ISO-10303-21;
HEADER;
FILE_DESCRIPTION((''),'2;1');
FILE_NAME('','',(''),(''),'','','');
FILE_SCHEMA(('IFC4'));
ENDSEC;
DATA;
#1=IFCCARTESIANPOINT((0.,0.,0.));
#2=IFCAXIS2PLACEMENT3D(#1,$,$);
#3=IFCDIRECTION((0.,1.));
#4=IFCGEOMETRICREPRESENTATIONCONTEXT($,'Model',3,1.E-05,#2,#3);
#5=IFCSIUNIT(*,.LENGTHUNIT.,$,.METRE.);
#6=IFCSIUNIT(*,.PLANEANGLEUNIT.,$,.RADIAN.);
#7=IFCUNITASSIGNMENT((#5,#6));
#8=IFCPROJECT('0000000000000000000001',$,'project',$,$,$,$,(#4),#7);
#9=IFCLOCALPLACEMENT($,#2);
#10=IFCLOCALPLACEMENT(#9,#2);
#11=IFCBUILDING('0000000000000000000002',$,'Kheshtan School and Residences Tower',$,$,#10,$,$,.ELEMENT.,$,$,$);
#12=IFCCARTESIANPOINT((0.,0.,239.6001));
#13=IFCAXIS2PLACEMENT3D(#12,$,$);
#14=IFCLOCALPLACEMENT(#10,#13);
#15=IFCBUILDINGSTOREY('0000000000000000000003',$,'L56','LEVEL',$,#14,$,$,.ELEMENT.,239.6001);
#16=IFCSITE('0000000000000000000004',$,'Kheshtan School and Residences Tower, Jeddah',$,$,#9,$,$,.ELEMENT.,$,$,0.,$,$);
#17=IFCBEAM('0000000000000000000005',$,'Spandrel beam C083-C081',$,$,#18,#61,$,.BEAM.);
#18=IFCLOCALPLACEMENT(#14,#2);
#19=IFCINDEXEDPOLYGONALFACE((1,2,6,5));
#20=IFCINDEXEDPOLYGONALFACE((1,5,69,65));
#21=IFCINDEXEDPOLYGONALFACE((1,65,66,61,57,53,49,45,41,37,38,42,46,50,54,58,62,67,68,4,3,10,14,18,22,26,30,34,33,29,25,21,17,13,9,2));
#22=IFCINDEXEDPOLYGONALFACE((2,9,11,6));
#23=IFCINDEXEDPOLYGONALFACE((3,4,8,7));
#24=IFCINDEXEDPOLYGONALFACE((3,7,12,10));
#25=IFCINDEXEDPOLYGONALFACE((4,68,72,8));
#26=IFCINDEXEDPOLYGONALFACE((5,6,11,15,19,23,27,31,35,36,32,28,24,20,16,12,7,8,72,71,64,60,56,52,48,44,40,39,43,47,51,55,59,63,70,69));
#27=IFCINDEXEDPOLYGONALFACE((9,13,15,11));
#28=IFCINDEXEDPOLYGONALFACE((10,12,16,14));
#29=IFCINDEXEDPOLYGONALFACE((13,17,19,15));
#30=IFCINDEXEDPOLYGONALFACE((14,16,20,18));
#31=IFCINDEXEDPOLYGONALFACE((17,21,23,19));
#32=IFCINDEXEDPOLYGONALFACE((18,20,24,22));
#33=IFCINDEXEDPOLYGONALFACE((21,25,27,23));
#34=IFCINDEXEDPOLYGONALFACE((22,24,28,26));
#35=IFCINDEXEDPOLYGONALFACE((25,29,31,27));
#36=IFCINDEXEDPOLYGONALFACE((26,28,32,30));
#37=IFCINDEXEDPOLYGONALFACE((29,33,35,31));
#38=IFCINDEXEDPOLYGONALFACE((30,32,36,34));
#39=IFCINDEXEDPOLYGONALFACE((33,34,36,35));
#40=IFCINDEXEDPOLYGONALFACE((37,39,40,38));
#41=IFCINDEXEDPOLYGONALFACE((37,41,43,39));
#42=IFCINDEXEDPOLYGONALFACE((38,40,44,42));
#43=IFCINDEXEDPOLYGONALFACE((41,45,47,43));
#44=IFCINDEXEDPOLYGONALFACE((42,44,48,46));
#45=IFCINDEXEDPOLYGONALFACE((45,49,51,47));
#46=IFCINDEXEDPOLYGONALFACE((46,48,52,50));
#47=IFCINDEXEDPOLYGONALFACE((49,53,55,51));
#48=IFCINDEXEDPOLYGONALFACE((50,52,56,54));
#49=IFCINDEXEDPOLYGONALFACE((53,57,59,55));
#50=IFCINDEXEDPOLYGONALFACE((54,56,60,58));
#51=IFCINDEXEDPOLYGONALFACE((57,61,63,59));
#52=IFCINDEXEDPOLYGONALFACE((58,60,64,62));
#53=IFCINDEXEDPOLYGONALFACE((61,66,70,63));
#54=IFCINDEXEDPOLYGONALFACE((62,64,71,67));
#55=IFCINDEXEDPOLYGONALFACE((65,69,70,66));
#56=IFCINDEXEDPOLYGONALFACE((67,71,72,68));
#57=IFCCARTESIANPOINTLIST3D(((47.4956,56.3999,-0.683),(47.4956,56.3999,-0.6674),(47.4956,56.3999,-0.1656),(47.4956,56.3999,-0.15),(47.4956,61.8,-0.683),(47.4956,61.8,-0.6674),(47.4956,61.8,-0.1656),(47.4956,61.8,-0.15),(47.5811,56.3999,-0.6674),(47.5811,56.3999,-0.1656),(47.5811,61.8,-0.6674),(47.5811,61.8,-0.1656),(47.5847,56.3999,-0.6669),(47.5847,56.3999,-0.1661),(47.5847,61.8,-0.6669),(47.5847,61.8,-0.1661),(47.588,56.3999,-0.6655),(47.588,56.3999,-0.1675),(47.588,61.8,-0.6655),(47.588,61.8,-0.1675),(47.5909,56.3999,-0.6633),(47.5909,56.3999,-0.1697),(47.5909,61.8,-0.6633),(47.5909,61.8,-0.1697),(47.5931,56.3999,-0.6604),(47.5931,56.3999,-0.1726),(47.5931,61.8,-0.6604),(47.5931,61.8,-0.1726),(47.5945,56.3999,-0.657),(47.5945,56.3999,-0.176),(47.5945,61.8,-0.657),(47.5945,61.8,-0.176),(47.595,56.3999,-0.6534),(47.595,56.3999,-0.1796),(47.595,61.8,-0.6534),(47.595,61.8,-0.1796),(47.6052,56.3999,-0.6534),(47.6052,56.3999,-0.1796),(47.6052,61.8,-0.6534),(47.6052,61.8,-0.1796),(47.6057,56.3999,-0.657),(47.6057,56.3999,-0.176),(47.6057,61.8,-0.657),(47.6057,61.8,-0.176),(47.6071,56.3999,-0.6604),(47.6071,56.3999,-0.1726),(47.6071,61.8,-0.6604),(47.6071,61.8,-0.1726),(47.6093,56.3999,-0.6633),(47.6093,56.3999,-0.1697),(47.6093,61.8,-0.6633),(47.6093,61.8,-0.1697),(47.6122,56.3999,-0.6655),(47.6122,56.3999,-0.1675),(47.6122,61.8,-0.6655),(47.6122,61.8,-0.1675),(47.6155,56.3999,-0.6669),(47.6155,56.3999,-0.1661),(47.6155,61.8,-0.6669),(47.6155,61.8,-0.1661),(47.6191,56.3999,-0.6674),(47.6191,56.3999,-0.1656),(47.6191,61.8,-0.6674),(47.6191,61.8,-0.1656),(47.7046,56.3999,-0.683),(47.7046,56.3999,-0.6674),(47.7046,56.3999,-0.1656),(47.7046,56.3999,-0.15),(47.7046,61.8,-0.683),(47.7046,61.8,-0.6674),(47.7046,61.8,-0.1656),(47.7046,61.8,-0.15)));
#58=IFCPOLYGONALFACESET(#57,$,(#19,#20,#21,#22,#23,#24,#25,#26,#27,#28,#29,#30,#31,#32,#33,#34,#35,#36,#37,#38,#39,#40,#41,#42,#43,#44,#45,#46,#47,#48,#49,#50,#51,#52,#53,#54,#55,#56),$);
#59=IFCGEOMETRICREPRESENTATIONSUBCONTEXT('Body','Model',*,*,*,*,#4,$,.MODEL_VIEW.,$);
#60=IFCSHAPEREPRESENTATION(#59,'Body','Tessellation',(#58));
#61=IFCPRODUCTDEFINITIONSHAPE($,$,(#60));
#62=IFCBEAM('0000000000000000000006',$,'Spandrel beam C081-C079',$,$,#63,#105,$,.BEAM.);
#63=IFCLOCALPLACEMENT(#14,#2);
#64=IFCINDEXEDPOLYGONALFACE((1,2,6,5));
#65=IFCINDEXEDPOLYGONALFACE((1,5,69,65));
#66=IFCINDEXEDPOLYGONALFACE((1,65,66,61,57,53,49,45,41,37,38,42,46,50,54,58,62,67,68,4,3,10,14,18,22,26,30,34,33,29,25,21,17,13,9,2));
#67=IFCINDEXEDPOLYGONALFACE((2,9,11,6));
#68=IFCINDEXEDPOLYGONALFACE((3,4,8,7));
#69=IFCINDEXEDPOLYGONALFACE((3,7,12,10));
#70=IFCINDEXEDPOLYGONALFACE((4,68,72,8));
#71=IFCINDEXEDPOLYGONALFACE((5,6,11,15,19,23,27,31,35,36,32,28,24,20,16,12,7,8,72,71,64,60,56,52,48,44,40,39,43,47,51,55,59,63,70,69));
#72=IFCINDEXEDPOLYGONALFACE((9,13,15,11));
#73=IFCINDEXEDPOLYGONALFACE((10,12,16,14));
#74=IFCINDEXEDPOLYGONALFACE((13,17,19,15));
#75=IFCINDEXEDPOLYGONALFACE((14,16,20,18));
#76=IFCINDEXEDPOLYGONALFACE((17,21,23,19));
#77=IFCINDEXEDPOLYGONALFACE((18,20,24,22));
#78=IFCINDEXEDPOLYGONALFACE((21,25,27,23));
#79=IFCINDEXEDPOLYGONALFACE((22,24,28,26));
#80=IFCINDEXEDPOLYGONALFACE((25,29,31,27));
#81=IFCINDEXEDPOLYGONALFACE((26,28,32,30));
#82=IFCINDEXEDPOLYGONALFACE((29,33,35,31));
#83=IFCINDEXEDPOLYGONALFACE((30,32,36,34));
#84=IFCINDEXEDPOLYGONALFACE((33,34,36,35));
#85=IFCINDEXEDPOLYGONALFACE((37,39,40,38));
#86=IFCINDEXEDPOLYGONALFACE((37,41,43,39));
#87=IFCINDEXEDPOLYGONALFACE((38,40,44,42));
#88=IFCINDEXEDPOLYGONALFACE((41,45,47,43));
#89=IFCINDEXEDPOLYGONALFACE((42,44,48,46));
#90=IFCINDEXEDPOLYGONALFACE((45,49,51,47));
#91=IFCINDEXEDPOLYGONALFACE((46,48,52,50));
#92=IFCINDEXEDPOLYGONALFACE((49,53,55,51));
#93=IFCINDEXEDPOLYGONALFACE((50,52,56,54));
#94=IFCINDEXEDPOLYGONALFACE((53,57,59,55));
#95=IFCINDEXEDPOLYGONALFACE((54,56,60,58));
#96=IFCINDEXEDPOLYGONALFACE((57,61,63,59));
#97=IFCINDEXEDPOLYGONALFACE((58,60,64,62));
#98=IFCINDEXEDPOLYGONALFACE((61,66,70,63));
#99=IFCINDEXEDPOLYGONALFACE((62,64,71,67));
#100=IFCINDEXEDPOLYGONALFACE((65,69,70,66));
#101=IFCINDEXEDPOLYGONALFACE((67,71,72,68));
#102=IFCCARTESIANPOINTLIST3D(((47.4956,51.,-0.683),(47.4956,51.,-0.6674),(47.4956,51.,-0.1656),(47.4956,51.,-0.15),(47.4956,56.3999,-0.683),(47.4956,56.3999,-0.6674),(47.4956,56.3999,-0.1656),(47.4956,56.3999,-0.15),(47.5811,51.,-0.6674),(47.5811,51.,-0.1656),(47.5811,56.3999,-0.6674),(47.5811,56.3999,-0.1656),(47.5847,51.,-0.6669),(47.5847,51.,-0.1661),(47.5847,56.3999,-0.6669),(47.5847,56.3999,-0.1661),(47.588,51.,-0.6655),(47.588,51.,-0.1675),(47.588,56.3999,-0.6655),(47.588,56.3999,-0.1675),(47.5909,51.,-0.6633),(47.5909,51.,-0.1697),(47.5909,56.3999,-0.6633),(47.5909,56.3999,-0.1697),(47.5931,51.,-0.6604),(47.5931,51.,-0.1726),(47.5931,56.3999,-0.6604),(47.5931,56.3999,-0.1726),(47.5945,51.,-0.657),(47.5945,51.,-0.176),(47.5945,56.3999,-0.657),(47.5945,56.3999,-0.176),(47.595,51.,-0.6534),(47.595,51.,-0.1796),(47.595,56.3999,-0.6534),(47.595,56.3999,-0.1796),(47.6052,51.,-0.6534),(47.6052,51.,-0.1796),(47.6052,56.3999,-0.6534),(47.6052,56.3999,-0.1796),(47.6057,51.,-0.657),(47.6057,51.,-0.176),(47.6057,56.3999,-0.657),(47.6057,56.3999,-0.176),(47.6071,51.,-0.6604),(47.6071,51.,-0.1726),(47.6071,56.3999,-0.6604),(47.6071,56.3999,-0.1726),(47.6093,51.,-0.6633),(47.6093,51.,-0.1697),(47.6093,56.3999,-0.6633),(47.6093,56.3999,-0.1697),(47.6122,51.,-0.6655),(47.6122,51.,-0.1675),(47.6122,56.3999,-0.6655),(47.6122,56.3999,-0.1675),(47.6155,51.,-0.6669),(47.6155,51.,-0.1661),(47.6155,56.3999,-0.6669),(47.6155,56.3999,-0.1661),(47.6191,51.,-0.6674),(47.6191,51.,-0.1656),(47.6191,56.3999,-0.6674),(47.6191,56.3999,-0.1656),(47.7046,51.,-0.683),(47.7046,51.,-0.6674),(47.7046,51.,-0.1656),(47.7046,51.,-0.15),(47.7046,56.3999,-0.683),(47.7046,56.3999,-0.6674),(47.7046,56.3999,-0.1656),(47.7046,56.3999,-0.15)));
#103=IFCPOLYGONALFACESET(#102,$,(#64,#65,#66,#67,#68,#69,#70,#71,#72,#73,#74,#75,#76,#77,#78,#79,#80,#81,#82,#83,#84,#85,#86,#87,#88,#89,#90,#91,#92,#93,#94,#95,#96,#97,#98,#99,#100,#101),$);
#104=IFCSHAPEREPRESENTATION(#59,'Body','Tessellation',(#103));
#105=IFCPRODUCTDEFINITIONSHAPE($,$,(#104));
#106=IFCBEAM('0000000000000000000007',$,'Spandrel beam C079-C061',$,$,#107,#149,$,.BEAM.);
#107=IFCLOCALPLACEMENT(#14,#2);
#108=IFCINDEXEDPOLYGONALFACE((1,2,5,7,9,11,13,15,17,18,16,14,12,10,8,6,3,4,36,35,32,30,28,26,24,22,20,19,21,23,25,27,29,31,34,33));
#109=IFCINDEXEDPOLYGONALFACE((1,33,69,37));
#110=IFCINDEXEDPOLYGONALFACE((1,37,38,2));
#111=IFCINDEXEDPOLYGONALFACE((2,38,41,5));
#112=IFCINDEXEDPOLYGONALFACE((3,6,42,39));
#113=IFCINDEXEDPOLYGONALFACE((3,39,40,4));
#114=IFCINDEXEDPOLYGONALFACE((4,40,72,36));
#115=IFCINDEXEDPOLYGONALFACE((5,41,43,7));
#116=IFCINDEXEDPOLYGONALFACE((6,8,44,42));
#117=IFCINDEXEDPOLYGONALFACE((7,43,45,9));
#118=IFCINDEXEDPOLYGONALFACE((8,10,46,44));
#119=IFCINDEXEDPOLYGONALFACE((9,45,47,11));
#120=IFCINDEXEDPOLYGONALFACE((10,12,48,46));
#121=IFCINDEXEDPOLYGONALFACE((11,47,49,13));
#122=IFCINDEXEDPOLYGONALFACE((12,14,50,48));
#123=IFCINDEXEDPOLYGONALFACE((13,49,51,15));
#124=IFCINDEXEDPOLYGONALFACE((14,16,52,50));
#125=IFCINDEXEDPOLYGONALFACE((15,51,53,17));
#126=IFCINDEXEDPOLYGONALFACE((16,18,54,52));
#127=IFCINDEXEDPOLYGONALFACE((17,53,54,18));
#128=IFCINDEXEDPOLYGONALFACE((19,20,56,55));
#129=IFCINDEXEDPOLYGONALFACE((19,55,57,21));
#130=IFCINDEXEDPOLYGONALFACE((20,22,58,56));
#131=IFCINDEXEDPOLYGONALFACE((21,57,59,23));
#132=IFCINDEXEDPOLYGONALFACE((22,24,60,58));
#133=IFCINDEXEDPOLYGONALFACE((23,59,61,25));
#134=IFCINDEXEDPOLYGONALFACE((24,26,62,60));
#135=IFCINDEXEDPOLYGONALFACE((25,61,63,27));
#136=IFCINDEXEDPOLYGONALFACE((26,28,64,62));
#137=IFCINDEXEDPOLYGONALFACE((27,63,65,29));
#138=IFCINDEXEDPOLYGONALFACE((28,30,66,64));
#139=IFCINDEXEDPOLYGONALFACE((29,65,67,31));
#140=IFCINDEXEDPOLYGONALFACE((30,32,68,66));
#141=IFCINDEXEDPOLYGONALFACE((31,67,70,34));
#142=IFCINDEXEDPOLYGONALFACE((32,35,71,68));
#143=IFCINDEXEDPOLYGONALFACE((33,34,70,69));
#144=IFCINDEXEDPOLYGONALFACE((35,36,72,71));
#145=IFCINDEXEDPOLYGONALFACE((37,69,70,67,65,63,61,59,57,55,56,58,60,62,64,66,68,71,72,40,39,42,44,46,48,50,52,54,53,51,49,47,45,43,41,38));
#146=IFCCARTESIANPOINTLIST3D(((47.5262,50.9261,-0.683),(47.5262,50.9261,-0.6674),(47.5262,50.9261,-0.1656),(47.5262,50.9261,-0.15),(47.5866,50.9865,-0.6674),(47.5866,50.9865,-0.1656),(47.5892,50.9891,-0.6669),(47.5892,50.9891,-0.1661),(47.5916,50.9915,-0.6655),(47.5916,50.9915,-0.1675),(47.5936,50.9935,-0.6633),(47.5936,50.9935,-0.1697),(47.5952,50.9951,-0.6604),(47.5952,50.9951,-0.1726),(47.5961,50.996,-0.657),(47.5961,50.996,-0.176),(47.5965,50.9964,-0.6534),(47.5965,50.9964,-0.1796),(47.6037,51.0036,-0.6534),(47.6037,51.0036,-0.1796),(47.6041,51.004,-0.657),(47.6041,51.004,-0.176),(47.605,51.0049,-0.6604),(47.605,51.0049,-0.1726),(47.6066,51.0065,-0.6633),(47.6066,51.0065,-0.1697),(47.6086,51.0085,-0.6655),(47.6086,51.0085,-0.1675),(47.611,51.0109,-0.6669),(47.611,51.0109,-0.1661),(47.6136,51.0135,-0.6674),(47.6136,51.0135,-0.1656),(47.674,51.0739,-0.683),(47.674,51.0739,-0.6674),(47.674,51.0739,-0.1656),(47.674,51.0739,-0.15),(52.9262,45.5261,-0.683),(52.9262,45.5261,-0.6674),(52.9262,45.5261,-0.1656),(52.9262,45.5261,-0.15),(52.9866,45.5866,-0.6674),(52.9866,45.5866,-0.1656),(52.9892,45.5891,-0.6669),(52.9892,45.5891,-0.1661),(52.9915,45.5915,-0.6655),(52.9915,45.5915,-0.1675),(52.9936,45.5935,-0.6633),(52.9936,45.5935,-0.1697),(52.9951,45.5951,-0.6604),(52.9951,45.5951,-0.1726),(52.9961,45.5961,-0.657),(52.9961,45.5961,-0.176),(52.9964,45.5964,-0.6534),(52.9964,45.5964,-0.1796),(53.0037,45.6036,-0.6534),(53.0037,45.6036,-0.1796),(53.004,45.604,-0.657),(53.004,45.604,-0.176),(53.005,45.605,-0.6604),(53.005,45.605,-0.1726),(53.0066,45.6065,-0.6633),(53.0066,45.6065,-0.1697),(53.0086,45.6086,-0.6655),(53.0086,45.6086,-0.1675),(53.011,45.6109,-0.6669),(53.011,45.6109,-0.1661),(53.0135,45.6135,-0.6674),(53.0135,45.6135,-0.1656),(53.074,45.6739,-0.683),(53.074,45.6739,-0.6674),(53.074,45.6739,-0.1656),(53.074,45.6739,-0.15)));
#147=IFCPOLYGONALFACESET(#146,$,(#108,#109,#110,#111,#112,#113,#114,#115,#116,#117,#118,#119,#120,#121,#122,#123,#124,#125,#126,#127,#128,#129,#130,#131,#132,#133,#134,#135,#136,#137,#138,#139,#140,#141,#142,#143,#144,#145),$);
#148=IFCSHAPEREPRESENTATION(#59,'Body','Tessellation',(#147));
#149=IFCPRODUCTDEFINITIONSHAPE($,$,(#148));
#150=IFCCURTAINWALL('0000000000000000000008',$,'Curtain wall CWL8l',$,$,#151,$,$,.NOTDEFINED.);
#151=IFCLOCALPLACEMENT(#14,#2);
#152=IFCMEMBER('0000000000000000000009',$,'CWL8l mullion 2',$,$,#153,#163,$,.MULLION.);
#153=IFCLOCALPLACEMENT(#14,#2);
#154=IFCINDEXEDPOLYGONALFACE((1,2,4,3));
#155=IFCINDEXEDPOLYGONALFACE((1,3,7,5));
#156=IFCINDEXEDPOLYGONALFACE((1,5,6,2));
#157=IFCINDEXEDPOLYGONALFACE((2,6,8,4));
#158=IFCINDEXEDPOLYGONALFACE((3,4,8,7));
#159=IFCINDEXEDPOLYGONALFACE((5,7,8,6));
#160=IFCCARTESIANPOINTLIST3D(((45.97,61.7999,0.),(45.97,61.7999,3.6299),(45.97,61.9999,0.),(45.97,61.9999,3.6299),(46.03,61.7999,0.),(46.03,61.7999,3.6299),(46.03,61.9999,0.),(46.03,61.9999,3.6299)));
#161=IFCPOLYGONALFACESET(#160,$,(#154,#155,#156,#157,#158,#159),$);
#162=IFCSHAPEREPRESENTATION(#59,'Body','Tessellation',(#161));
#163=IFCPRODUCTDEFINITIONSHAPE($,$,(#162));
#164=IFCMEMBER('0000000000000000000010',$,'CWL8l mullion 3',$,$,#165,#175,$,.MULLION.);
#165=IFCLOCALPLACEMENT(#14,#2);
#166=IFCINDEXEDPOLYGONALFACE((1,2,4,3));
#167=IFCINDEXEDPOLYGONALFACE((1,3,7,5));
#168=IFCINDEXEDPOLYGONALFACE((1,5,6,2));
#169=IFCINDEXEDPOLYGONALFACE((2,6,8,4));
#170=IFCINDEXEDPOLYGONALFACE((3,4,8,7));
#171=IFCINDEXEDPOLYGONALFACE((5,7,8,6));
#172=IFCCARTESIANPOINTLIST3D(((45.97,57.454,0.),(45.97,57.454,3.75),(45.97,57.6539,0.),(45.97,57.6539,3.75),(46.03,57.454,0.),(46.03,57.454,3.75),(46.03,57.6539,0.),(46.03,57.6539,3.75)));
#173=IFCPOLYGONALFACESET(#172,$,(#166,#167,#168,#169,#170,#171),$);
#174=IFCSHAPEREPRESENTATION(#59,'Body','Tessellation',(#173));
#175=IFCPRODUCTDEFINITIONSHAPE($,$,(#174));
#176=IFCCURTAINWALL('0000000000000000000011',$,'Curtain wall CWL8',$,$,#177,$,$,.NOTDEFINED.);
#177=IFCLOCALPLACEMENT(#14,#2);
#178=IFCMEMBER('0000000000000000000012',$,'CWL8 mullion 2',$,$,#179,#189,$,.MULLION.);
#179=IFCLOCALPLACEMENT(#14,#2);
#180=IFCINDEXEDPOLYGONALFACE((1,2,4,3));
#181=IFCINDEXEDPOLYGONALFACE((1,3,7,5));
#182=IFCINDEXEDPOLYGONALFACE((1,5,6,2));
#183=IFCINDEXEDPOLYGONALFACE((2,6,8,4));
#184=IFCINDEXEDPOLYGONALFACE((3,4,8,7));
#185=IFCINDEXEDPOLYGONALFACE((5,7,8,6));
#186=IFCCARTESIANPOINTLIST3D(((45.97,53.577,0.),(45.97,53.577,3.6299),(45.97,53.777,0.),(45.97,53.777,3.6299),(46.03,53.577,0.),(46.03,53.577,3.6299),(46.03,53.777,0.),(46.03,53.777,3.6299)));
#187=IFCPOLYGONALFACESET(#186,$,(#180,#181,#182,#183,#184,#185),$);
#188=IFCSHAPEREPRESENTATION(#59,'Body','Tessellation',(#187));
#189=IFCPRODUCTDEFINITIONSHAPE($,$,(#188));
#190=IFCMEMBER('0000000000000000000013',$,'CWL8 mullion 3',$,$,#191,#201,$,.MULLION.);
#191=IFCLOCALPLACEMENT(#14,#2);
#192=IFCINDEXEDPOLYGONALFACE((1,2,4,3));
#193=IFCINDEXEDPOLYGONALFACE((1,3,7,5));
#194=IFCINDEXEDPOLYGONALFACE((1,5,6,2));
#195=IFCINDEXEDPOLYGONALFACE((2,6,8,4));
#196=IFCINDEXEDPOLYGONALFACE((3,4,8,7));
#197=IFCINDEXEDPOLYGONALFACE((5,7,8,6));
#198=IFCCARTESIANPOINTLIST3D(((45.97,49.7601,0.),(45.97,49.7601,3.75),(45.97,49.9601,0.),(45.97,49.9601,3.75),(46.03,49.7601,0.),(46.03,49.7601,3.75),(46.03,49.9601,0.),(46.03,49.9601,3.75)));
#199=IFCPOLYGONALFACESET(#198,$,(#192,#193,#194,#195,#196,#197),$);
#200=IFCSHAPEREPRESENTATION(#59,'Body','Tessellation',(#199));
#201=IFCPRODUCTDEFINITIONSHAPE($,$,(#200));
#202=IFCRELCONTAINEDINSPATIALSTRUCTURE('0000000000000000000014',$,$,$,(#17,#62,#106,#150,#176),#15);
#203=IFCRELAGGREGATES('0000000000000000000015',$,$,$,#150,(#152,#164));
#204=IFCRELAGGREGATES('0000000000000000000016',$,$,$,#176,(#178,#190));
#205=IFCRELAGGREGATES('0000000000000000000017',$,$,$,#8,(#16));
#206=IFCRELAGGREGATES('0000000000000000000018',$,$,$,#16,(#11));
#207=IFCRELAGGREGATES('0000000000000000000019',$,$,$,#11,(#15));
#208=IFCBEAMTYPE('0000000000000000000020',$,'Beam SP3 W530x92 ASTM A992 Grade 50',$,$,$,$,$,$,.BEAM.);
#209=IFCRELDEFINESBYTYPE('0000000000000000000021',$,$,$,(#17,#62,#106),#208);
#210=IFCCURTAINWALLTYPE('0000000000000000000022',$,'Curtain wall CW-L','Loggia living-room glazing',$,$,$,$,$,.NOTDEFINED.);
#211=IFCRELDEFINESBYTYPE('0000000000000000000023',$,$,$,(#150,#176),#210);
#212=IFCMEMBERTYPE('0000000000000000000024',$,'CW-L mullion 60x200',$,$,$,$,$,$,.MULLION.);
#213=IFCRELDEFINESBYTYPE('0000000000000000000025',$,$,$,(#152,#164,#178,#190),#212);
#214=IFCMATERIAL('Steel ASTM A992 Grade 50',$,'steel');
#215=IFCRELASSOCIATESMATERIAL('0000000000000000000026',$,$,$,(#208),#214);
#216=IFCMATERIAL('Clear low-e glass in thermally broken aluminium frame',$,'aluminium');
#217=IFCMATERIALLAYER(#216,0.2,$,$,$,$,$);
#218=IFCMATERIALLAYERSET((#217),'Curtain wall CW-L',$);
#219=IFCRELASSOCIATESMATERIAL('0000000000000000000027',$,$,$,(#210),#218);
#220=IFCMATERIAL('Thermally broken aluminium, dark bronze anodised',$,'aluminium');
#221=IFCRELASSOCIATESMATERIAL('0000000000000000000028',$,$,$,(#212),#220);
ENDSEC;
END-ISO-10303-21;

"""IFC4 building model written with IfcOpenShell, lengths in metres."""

from ifc_helpers import new_model, si_unit, direction, frame, origin, origin_2d, place, context, subcontext, project, spatial, rectangle, i_section, extrude, material, layer, layer_set, material_profile, profile_set, type_object, element, aggregate, save


model = new_model("IFC4")

# Units and contexts
model_context = context("Model", 3, precision=1e-05, world=origin(), true_north=direction((0.0, 1.0)))
body_context = subcontext(model_context, "Body", "Model", "MODEL_VIEW")
ifc_project = project(units=[si_unit("LENGTHUNIT", "METRE"), si_unit("PLANEANGLEUNIT", "RADIAN")], contexts=[model_context])

# Site, building, storey
site_placement = place(None, origin())
site = spatial("IfcSite", under=ifc_project, at=site_placement, Name="Kheshtan School and Residences Tower, Jeddah", CompositionType="ELEMENT", RefElevation=0.0)
building_placement = place(site_placement, origin())
building = spatial("IfcBuilding", under=site, at=building_placement, Name="Kheshtan School and Residences Tower", CompositionType="ELEMENT")
storey_placement = place(building_placement, frame((0.0, 0.0, 239.6001)))
storey = spatial("IfcBuildingStorey", under=building, at=storey_placement, Name="L56", Description="LEVEL", CompositionType="ELEMENT", Elevation=239.6001)

# Shared definitions
ifc_material_1 = material(Name="Steel ASTM A992 Grade 50", Category="steel")

# Beams
ifc_material_profile_1 = material_profile(ifc_material_1, i_section(OverallWidth=0.209, OverallDepth=0.533, WebThickness=0.0103, FlangeThickness=0.0156, FilletRadius=0.0139, at=origin_2d()), Name="W530x92")
ifc_profile_set_1 = profile_set([ifc_material_profile_1], Name="Steel ASTM A992 Grade 50")
beam_type_1 = type_object("IfcBeamType", Name="Beam SP3 W530x92 ASTM A992 Grade 50", PredefinedType="BEAM", material=ifc_profile_set_1)
beam_1_placement = place(storey_placement, frame((47.6001, 61.8, -0.4165), z_axis=(0.0, -1.0, 0.0), x_axis=(1.0, 0.0, 0.0)))
element("IfcBeam", 1, at=beam_1_placement, inside=storey, type_object=beam_type_1, Name="Spandrel beam C083-C081", PredefinedType="BEAM", context=body_context, shape_type="SweptSolid", body=[
    extrude(i_section(OverallWidth=0.209, OverallDepth=0.533, WebThickness=0.0103, FlangeThickness=0.0156, FilletRadius=0.0139, at=origin_2d()), origin(), (0.0, 0.0, 1.0), 5.4001),
])
beam_2_placement = place(storey_placement, frame((47.6001, 56.3999, -0.4165), z_axis=(0.0, -1.0, 0.0), x_axis=(1.0, 0.0, 0.0)))
element("IfcBeam", 2, at=beam_2_placement, inside=storey, type_object=beam_type_1, Name="Spandrel beam C081-C079", PredefinedType="BEAM", context=body_context, shape_type="SweptSolid", body=[
    extrude(i_section(OverallWidth=0.209, OverallDepth=0.533, WebThickness=0.0103, FlangeThickness=0.0156, FilletRadius=0.0139, at=origin_2d()), origin(), (0.0, 0.0, 1.0), 5.3999),
])
beam_3_placement = place(storey_placement, frame((47.6001, 51.0, -0.4165), z_axis=(0.707107, -0.707107, 0.0), x_axis=(0.707107, 0.707107, 0.0)))
element("IfcBeam", 3, at=beam_3_placement, inside=storey, type_object=beam_type_1, Name="Spandrel beam C079-C061", PredefinedType="BEAM", context=body_context, shape_type="SweptSolid", body=[
    extrude(i_section(OverallWidth=0.209, OverallDepth=0.533, WebThickness=0.0103, FlangeThickness=0.0156, FilletRadius=0.0139, at=origin_2d()), origin(), (0.0, 0.0, 1.0), 7.6367),
])

# Curtain walls, members
ifc_material_2 = material(Name="Clear low-e glass in thermally broken aluminium frame", Category="aluminium")
ifc_layer_1 = layer(ifc_material_2, 0.2)
ifc_layer_set_1 = layer_set([ifc_layer_1], Name="Curtain wall CW-L")
curtain_wall_type = type_object("IfcCurtainWallType", Name="Curtain wall CW-L", Description="Loggia living-room glazing", PredefinedType="NOTDEFINED", material=ifc_layer_set_1)
curtain_wall_1_placement = place(storey_placement, origin())
curtain_wall_1 = element("IfcCurtainWall", 4, at=curtain_wall_1_placement, inside=storey, type_object=curtain_wall_type, Name="Curtain wall CWL8l", PredefinedType="NOTDEFINED")
ifc_material_3 = material(Name="Thermally broken aluminium, dark bronze anodised", Category="aluminium")
ifc_material_profile_2 = material_profile(ifc_material_3, rectangle(XDim=0.0601, YDim=0.2, at=origin_2d()), Name="CW-L mullion 60x200")
ifc_profile_set_2 = profile_set([ifc_material_profile_2], Name="Thermally broken aluminium, dark bronze anodised")
member_type_1 = type_object("IfcMemberType", Name="CW-L mullion 60x200", PredefinedType="MULLION", material=ifc_profile_set_2)
member_1_placement = place(storey_placement, frame((46.0, 61.8999, 0.0), z_axis=(0.0, 0.0, 1.0), x_axis=(1.0, 0.0, 0.0)))
member_1 = element("IfcMember", 5, at=member_1_placement, type_object=member_type_1, Name="CWL8l mullion 2", PredefinedType="MULLION", context=body_context, shape_type="SweptSolid", body=[
    extrude(rectangle(XDim=0.0601, YDim=0.2, at=origin_2d()), origin(), (0.0, 0.0, 1.0), 3.6299),
])
member_2_placement = place(storey_placement, frame((46.0, 57.554, 0.0), z_axis=(0.0, 0.0, 1.0), x_axis=(1.0, 0.0, 0.0)))
member_2 = element("IfcMember", 6, at=member_2_placement, type_object=member_type_1, Name="CWL8l mullion 3", PredefinedType="MULLION", context=body_context, shape_type="SweptSolid", body=[
    extrude(rectangle(XDim=0.0601, YDim=0.2, at=origin_2d()), origin(), (0.0, 0.0, 1.0), 3.75),
])
curtain_wall_2_placement = place(storey_placement, origin())
curtain_wall_2 = element("IfcCurtainWall", 7, at=curtain_wall_2_placement, inside=storey, type_object=curtain_wall_type, Name="Curtain wall CWL8", PredefinedType="NOTDEFINED")
member_3_placement = place(storey_placement, frame((46.0, 53.677, 0.0), z_axis=(0.0, 0.0, 1.0), x_axis=(1.0, 0.0, 0.0)))
member_3 = element("IfcMember", 8, at=member_3_placement, type_object=member_type_1, Name="CWL8 mullion 2", PredefinedType="MULLION", context=body_context, shape_type="SweptSolid", body=[
    extrude(rectangle(XDim=0.0601, YDim=0.2, at=origin_2d()), origin(), (0.0, 0.0, 1.0), 3.6299),
])
member_4_placement = place(storey_placement, frame((46.0, 49.8601, 0.0), z_axis=(0.0, 0.0, 1.0), x_axis=(1.0, 0.0, 0.0)))
member_4 = element("IfcMember", 9, at=member_4_placement, type_object=member_type_1, Name="CWL8 mullion 3", PredefinedType="MULLION", context=body_context, shape_type="SweptSolid", body=[
    extrude(rectangle(XDim=0.0601, YDim=0.2, at=origin_2d()), origin(), (0.0, 0.0, 1.0), 3.75),
])

aggregate(curtain_wall_1, [member_1, member_2])
aggregate(curtain_wall_2, [member_3, member_4])

save(model, "model.ifc")
